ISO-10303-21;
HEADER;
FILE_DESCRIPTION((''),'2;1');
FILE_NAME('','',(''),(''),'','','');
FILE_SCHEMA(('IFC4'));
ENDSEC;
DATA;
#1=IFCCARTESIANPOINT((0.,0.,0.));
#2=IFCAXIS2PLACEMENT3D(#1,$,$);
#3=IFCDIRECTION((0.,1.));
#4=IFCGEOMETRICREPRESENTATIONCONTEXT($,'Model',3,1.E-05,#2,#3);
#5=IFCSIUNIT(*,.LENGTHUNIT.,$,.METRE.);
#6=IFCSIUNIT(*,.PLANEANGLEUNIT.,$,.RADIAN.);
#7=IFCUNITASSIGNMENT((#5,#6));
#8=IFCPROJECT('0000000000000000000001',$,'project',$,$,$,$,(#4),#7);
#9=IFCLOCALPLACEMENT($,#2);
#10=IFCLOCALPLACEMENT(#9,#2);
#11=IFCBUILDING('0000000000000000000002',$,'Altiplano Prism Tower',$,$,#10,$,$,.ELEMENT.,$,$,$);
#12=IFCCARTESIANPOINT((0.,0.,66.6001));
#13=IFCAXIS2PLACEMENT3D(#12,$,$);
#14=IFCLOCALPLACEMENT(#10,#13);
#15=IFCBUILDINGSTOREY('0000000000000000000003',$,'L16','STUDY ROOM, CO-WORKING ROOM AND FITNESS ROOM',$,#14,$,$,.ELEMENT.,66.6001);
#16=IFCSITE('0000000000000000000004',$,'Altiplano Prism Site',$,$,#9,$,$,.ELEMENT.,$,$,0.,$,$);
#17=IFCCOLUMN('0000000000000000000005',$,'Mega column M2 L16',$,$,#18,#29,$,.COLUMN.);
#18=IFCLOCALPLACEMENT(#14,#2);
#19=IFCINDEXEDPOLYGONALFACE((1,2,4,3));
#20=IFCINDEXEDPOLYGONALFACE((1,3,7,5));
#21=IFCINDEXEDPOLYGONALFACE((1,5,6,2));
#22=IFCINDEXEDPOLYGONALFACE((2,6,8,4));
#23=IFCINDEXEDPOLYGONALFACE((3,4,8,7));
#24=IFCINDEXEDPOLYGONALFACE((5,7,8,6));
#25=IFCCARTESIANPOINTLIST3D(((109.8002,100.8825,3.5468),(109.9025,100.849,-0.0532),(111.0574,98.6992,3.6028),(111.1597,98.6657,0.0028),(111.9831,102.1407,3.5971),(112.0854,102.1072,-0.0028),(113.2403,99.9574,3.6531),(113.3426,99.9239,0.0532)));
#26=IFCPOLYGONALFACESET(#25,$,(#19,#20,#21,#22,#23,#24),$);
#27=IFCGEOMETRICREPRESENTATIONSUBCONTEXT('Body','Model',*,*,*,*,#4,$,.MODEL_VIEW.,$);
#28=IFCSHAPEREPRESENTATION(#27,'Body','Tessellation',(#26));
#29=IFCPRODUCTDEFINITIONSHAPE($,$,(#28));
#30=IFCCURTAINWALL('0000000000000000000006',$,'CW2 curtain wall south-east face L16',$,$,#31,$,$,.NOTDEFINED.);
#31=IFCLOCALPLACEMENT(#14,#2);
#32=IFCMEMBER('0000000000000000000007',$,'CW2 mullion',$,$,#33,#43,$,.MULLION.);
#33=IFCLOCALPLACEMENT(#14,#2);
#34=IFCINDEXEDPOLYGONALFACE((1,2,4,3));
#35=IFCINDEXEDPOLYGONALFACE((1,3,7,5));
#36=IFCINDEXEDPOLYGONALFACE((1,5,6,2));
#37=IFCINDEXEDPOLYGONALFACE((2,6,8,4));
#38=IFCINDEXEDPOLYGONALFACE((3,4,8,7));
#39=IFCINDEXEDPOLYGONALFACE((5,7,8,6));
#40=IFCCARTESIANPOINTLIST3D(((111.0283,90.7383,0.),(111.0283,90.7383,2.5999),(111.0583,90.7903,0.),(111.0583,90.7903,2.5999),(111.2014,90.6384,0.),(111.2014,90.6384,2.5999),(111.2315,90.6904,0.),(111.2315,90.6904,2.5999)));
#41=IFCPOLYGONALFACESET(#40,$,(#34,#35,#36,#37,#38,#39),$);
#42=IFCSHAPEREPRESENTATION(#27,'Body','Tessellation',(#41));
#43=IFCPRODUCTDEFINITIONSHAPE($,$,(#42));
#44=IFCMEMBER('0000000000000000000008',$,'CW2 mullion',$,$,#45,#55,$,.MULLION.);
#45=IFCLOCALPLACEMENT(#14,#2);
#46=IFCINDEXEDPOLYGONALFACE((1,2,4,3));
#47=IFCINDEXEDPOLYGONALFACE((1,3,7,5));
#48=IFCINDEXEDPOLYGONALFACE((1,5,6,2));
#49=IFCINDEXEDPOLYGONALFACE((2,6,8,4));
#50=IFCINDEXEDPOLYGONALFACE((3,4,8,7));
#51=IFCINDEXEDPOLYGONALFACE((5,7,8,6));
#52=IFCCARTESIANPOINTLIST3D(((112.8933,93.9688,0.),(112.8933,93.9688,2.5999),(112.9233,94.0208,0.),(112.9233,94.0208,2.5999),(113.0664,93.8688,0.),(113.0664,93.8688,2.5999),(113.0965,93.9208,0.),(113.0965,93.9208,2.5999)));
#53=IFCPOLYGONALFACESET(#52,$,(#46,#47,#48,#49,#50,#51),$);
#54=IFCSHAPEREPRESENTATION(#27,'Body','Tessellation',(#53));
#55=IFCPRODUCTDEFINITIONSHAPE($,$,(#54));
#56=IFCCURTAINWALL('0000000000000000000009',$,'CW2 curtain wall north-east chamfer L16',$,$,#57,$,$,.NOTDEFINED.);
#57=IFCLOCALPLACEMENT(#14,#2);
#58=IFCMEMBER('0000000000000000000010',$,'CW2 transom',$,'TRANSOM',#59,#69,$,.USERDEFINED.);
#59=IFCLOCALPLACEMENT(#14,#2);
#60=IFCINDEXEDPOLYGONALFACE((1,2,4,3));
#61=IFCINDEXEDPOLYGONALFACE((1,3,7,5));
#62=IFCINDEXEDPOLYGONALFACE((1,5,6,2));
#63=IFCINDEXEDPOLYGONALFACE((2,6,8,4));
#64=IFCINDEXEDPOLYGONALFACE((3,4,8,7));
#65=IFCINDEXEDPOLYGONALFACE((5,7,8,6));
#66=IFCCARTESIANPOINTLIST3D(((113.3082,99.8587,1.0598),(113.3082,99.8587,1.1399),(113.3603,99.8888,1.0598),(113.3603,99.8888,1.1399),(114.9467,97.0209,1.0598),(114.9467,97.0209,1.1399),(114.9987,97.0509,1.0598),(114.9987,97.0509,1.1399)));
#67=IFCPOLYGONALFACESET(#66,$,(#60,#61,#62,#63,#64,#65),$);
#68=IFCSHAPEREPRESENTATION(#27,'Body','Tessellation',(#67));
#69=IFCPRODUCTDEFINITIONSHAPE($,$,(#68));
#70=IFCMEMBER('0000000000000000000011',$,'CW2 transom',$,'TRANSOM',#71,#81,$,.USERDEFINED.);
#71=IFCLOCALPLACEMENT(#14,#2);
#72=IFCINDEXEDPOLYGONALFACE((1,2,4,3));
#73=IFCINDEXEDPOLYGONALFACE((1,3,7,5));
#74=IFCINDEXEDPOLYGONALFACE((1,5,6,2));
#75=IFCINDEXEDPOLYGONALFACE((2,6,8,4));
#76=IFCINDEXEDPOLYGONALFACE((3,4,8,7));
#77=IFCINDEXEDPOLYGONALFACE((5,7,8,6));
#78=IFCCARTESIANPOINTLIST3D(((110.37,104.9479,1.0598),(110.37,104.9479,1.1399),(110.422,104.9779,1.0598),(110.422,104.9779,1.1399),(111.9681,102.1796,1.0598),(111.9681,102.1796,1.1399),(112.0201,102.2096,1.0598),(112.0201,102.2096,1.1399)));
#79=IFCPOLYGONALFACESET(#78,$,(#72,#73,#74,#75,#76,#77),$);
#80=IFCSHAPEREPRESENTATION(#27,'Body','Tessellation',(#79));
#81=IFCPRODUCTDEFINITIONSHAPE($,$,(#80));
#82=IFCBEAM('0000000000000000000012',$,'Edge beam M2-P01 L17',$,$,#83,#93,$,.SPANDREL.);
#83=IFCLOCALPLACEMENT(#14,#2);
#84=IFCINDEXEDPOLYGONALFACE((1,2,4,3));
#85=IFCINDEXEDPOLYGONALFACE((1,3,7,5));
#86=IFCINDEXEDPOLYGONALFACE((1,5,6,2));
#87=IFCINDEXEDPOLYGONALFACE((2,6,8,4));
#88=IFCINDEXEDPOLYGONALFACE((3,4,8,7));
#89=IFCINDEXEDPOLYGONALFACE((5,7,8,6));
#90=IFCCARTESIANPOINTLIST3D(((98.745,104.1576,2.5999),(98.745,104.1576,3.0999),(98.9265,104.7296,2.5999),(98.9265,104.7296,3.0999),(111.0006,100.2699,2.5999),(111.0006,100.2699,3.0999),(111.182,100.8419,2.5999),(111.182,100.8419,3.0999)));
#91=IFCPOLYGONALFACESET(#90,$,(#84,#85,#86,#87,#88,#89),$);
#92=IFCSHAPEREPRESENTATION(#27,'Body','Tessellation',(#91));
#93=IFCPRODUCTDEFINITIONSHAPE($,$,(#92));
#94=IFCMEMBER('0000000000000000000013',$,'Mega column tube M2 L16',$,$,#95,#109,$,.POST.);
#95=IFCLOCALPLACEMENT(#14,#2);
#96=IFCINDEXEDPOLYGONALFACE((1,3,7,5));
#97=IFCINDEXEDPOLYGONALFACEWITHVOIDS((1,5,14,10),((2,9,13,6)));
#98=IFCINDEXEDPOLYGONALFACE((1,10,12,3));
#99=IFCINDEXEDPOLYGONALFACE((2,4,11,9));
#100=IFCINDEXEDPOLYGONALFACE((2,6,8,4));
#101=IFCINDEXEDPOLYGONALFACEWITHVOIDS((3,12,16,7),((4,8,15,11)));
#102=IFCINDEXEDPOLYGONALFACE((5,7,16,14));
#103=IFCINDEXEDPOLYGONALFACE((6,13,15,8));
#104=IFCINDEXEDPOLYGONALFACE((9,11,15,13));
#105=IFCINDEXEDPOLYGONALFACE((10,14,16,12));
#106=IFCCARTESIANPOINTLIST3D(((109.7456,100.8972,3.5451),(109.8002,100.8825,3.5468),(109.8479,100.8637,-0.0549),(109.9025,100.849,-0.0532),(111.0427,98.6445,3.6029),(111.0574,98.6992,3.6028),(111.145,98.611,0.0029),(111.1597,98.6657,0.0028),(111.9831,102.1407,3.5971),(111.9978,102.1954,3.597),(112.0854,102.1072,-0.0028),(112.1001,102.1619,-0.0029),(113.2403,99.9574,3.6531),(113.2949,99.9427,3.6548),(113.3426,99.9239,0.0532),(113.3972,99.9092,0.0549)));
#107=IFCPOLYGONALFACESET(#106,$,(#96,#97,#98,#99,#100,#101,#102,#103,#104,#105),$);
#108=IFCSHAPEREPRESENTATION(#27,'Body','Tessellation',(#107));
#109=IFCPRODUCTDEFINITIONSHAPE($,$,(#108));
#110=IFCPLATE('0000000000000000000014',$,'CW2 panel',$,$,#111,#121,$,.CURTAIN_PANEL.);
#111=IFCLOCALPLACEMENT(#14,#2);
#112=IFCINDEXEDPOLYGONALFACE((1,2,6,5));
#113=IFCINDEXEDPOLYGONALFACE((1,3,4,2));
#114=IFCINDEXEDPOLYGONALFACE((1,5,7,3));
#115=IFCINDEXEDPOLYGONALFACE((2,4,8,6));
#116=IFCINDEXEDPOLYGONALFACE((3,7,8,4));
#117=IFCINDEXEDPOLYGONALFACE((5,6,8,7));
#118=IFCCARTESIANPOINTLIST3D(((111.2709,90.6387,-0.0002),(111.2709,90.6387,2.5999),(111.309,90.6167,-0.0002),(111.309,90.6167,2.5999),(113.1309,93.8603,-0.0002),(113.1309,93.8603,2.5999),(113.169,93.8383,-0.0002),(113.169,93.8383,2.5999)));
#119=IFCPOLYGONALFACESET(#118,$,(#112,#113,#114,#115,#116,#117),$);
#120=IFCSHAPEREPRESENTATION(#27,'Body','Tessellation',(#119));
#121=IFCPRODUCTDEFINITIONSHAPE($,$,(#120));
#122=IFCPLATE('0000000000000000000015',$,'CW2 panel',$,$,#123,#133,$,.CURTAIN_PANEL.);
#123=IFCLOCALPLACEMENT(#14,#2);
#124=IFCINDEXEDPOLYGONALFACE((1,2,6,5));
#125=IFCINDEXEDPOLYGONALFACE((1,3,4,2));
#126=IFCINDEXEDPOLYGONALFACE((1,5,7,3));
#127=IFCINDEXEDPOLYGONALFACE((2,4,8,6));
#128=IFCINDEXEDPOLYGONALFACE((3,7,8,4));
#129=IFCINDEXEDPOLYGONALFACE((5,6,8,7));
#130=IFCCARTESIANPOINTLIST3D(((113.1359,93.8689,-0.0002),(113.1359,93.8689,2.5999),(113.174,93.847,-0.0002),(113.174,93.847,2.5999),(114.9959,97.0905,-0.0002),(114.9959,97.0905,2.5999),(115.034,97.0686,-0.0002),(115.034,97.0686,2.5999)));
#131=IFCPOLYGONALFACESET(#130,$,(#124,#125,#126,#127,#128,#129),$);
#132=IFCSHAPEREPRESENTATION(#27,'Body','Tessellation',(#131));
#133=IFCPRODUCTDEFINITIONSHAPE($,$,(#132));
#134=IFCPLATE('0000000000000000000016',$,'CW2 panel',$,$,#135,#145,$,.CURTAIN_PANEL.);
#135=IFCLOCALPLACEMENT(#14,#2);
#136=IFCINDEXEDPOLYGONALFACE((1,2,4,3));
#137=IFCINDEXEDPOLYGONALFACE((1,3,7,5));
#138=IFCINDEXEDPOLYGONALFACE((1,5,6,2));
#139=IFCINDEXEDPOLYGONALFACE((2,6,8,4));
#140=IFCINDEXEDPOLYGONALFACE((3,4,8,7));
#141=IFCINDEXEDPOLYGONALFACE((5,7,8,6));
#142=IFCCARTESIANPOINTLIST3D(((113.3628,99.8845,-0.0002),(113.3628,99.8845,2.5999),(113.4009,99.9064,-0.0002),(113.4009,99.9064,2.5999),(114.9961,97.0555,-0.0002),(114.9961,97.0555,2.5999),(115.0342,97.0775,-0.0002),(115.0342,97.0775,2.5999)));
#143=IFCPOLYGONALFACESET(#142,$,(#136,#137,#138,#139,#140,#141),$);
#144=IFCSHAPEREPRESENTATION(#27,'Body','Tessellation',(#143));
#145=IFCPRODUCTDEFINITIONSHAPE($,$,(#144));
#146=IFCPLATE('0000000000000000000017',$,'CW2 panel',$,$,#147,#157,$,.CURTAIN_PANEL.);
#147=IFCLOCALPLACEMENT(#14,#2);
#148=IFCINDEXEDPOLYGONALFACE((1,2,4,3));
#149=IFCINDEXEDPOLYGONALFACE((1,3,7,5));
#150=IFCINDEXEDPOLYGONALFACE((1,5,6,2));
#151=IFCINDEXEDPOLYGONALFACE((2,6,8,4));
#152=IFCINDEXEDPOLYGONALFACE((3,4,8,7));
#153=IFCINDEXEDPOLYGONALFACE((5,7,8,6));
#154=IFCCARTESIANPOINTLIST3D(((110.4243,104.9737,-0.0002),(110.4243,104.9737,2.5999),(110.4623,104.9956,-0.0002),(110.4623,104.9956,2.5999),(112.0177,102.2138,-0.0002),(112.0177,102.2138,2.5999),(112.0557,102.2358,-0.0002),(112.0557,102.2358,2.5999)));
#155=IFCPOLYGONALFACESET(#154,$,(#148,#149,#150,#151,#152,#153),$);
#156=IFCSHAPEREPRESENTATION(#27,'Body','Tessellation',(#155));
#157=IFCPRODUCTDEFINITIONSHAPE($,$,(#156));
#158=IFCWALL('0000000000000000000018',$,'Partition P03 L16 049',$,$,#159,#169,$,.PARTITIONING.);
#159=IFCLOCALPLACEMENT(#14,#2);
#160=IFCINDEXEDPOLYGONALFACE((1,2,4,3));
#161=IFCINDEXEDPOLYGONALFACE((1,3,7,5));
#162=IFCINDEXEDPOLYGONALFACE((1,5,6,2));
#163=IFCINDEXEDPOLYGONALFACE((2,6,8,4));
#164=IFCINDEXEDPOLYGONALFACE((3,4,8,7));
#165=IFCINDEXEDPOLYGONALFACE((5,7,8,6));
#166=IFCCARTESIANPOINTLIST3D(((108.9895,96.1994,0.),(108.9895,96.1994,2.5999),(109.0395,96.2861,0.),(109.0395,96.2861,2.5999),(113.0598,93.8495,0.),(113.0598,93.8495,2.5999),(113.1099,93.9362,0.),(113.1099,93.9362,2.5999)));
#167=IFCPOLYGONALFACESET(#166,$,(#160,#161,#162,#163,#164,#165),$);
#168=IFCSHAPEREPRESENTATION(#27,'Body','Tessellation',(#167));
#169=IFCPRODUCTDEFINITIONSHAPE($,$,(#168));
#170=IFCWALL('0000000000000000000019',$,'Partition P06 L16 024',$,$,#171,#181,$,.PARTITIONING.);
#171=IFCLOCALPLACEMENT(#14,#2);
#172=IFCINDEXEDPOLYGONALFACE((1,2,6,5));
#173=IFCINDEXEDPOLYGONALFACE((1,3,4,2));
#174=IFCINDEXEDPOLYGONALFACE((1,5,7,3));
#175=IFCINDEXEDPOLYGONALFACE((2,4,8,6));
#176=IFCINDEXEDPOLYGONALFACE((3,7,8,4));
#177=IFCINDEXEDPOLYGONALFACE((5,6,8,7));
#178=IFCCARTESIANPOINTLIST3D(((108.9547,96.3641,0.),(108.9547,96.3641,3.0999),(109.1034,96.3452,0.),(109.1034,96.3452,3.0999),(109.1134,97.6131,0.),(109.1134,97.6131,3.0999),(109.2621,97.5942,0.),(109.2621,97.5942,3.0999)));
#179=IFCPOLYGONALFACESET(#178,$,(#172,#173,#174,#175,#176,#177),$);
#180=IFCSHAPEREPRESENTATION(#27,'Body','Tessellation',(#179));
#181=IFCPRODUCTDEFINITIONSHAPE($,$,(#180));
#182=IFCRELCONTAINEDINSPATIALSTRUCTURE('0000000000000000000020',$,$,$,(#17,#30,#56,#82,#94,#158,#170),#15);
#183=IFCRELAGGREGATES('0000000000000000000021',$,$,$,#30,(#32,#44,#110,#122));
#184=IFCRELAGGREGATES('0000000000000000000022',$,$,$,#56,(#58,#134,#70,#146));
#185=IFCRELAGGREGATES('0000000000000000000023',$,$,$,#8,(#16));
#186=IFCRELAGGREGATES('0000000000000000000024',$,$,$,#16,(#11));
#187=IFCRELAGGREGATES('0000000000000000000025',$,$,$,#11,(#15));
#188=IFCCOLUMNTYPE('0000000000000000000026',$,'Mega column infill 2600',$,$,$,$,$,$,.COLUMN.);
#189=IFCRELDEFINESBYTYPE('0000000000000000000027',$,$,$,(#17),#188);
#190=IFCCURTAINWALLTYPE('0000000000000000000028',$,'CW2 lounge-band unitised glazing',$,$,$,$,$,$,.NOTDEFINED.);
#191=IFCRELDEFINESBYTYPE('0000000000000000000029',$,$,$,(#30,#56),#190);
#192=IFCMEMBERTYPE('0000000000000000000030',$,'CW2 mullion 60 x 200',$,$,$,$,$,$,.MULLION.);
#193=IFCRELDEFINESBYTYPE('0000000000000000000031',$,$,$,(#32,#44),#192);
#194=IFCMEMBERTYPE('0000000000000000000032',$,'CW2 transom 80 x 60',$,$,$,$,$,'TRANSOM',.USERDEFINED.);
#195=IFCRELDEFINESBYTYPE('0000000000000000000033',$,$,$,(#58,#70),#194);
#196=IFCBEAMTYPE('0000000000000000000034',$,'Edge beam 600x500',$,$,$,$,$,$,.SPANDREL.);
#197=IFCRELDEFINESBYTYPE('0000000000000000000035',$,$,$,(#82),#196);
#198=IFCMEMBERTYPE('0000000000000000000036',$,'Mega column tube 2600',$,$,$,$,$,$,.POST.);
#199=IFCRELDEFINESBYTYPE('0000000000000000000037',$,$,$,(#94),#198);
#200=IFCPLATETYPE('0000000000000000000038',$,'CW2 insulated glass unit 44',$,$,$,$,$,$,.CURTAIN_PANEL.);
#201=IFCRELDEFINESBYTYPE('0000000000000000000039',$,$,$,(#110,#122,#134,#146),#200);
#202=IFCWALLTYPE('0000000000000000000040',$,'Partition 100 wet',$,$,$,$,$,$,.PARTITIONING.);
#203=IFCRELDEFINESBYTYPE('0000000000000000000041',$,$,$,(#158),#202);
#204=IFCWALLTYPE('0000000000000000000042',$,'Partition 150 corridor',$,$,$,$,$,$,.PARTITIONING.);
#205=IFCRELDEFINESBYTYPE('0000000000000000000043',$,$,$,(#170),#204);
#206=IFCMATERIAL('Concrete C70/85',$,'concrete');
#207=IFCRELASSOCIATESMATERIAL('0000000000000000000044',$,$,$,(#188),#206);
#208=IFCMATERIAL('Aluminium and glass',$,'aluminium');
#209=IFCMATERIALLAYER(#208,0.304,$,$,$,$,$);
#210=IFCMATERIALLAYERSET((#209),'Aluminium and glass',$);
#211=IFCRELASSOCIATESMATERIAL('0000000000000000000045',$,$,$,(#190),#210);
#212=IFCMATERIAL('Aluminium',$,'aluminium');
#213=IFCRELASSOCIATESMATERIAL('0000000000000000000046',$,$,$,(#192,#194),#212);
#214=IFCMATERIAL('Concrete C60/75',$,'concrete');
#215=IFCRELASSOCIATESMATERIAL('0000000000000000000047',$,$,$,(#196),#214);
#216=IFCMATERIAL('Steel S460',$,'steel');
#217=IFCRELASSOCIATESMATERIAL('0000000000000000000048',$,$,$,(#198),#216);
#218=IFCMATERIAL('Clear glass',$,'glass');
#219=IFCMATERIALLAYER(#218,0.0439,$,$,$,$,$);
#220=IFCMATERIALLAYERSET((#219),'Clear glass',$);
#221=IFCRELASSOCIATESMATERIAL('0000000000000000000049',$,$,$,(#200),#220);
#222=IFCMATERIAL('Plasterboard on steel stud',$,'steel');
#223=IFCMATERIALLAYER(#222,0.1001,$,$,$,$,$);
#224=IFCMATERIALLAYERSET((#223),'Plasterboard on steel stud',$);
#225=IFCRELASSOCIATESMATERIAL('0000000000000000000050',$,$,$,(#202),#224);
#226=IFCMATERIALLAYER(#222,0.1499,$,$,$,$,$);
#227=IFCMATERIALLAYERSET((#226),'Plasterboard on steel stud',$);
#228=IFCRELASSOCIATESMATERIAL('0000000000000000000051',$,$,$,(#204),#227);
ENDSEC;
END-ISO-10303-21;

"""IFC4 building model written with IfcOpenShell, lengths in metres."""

from ifc_helpers import new_model, si_unit, direction, frame, frame_2d, origin, origin_2d, place, context, subcontext, project, spatial, rectangle, hollow_rectangle, extrude, material, layer, layer_set, material_profile, profile_set, type_object, element, aggregate, save


model = new_model("IFC4")

# Units and contexts
model_context = context("Model", 3, precision=1e-05, world=origin(), true_north=direction((0.0, 1.0)))
body_context = subcontext(model_context, "Body", "Model", "MODEL_VIEW")
ifc_project = project(units=[si_unit("LENGTHUNIT", "METRE"), si_unit("PLANEANGLEUNIT", "RADIAN")], contexts=[model_context])

# Site, building, storey
site_placement = place(None, origin())
site = spatial("IfcSite", under=ifc_project, at=site_placement, Name="Altiplano Prism Site", CompositionType="ELEMENT", RefElevation=0.0)
building_placement = place(site_placement, origin())
building = spatial("IfcBuilding", under=site, at=building_placement, Name="Altiplano Prism Tower", CompositionType="ELEMENT")
storey_placement = place(building_placement, frame((0.0, 0.0, 66.6001)))
storey = spatial("IfcBuildingStorey", under=building, at=storey_placement, Name="L16", Description="STUDY ROOM, CO-WORKING ROOM AND FITNESS ROOM", CompositionType="ELEMENT", Elevation=66.6001)

# Column
ifc_material_1 = material(Name="Concrete C70/85", Category="concrete")
ifc_material_profile_1 = material_profile(ifc_material_1, rectangle(XDim=2.52, YDim=2.52, at=origin_2d()), Name="Mega column infill 2600")
ifc_profile_set_1 = profile_set([ifc_material_profile_1], Name="Concrete C70/85")
column_type = type_object("IfcColumnType", Name="Mega column infill 2600", PredefinedType="COLUMN", material=ifc_profile_set_1)
column_placement = place(storey_placement, frame((111.6226, 100.3865, 0.0), z_axis=(-0.028404, 0.009287, 0.999553), x_axis=(0.498884, -0.866384, 0.022226)))
element("IfcColumn", 1, at=column_placement, inside=storey, type_object=column_type, Name="Mega column M2 L16", PredefinedType="COLUMN", context=body_context, shape_type="SweptSolid", body=[
    extrude(rectangle(XDim=2.52, YDim=2.52, at=origin_2d()), origin(), (0.0, 0.0, 1.0), 3.6016),
])

# Curtain walls, members
ifc_material_2 = material(Name="Aluminium and glass", Category="aluminium")
ifc_layer_1 = layer(ifc_material_2, 0.304)
ifc_layer_set_1 = layer_set([ifc_layer_1], Name="Aluminium and glass")
curtain_wall_type = type_object("IfcCurtainWallType", Name="CW2 lounge-band unitised glazing", PredefinedType="NOTDEFINED", material=ifc_layer_set_1)
curtain_wall_1_placement = place(storey_placement, origin())
curtain_wall_1 = element("IfcCurtainWall", 2, at=curtain_wall_1_placement, inside=storey, type_object=curtain_wall_type, Name="CW2 curtain wall south-east face L16", PredefinedType="NOTDEFINED")
ifc_material_3 = material(Name="Aluminium", Category="aluminium")
ifc_material_profile_2 = material_profile(ifc_material_3, rectangle(XDim=0.2, YDim=0.0601, at=origin_2d()), Name="CW2 mullion 60 x 200")
ifc_profile_set_2 = profile_set([ifc_material_profile_2], Name="Aluminium")
member_type_1 = type_object("IfcMemberType", Name="CW2 mullion 60 x 200", PredefinedType="MULLION", material=ifc_profile_set_2)
member_1_placement = place(storey_placement, frame((111.1299, 90.7144, 0.0), z_axis=(0.0, 0.0, 1.0), x_axis=(-0.866025, 0.5, 0.0)))
member_1 = element("IfcMember", 3, at=member_1_placement, type_object=member_type_1, Name="CW2 mullion", PredefinedType="MULLION", context=body_context, shape_type="SweptSolid", body=[
    extrude(rectangle(XDim=0.2, YDim=0.0601, at=origin_2d()), origin(), (0.0, 0.0, 1.0), 2.5999),
])
member_2_placement = place(storey_placement, frame((112.9949, 93.9448, 0.0), z_axis=(0.0, 0.0, 1.0), x_axis=(-0.866025, 0.5, 0.0)))
member_2 = element("IfcMember", 4, at=member_2_placement, type_object=member_type_1, Name="CW2 mullion", PredefinedType="MULLION", context=body_context, shape_type="SweptSolid", body=[
    extrude(rectangle(XDim=0.2, YDim=0.0601, at=origin_2d()), origin(), (0.0, 0.0, 1.0), 2.5999),
])
curtain_wall_2_placement = place(storey_placement, origin())
curtain_wall_2 = element("IfcCurtainWall", 5, at=curtain_wall_2_placement, inside=storey, type_object=curtain_wall_type, Name="CW2 curtain wall north-east chamfer L16", PredefinedType="NOTDEFINED")
ifc_material_profile_3 = material_profile(ifc_material_3, rectangle(XDim=0.0601, YDim=0.0801, at=origin_2d()), Name="CW2 transom 80 x 60")
ifc_profile_set_3 = profile_set([ifc_material_profile_3], Name="Aluminium")
member_type_2 = type_object("IfcMemberType", Name="CW2 transom 80 x 60", ElementType="TRANSOM", PredefinedType="USERDEFINED", material=ifc_profile_set_3)
member_3_placement = place(storey_placement, frame((114.9727, 97.0359, 1.0999), z_axis=(-0.499993, 0.866029, 0.0), x_axis=(-0.866029, -0.499993, 0.0)))
member_3 = element("IfcMember", 6, at=member_3_placement, type_object=member_type_2, Name="CW2 transom", ObjectType="TRANSOM", PredefinedType="USERDEFINED", context=body_context, shape_type="SweptSolid", body=[
    extrude(rectangle(XDim=0.0601, YDim=0.0801, at=origin_2d()), origin(), (0.0, 0.0, 1.0), 3.2769),
])
member_4_placement = place(storey_placement, frame((111.9941, 102.1946, 1.0999), z_axis=(-0.499967, 0.866044, 0.0), x_axis=(-0.866044, -0.499967, 0.0)))
member_4 = element("IfcMember", 7, at=member_4_placement, type_object=member_type_2, Name="CW2 transom", ObjectType="TRANSOM", PredefinedType="USERDEFINED", context=body_context, shape_type="SweptSolid", body=[
    extrude(rectangle(XDim=0.0601, YDim=0.0801, at=origin_2d()), origin(), (0.0, 0.0, 1.0), 3.1965),
])

# Beam
ifc_material_4 = material(Name="Concrete C60/75", Category="concrete")
ifc_material_profile_4 = material_profile(ifc_material_4, rectangle(XDim=0.6001, YDim=0.5, at=origin_2d()), Name="Edge beam 600x500")
ifc_profile_set_4 = profile_set([ifc_material_profile_4], Name="Concrete C60/75")
beam_type = type_object("IfcBeamType", Name="Edge beam 600x500", PredefinedType="SPANDREL", material=ifc_profile_set_4)
beam_placement = place(storey_placement, frame((111.0913, 100.5559, 2.8499), z_axis=(-0.953191, 0.302369, 0.0), x_axis=(-0.302369, -0.953191, 0.0)))
element("IfcBeam", 8, at=beam_placement, inside=storey, type_object=beam_type, Name="Edge beam M2-P01 L17", PredefinedType="SPANDREL", context=body_context, shape_type="SweptSolid", body=[
    extrude(rectangle(XDim=0.6001, YDim=0.5, at=origin_2d()), origin(), (0.0, 0.0, 1.0), 12.8574),
])

# Member
ifc_material_5 = material(Name="Steel S460", Category="steel")
ifc_material_profile_5 = material_profile(ifc_material_5, hollow_rectangle(XDim=2.6001, YDim=2.6001, WallThickness=0.04, at=origin_2d()), Name="Mega column tube 2600")
ifc_profile_set_5 = profile_set([ifc_material_profile_5], Name="Steel S460")
member_type_3 = type_object("IfcMemberType", Name="Mega column tube 2600", PredefinedType="POST", material=ifc_profile_set_5)
member_5_placement = place(storey_placement, frame((111.6226, 100.3865, 0.0), z_axis=(-0.028404, 0.009287, 0.999553), x_axis=(0.498884, -0.866384, 0.022226)))
element("IfcMember", 9, at=member_5_placement, inside=storey, type_object=member_type_3, Name="Mega column tube M2 L16", PredefinedType="POST", context=body_context, shape_type="SweptSolid", body=[
    extrude(hollow_rectangle(XDim=2.6001, YDim=2.6001, WallThickness=0.04, at=origin_2d()), origin(), (0.0, 0.0, 1.0), 3.6016),
])

# Plates
ifc_material_6 = material(Name="Clear glass", Category="glass")
ifc_layer_2 = layer(ifc_material_6, 0.0439)
ifc_layer_set_2 = layer_set([ifc_layer_2], Name="Clear glass")
plate_type = type_object("IfcPlateType", Name="CW2 insulated glass unit 44", PredefinedType="CURTAIN_PANEL", material=ifc_layer_set_2)
plate_1_placement = place(storey_placement, frame((112.22, 92.2385, -0.0002), z_axis=(0.0, 0.0, 1.0), x_axis=(0.5, 0.866025, 0.0)))
plate_1 = element("IfcPlate", 10, at=plate_1_placement, type_object=plate_type, Name="CW2 panel", PredefinedType="CURTAIN_PANEL", context=body_context, shape_type="SweptSolid", body=[
    extrude(rectangle(XDim=3.72, YDim=0.0439, at=origin_2d()), origin(), (0.0, 0.0, 1.0), 2.6001),
])
plate_2_placement = place(storey_placement, frame((114.085, 95.4688, -0.0002), z_axis=(0.0, 0.0, 1.0), x_axis=(0.5, 0.866025, 0.0)))
plate_2 = element("IfcPlate", 11, at=plate_2_placement, type_object=plate_type, Name="CW2 panel", PredefinedType="CURTAIN_PANEL", context=body_context, shape_type="SweptSolid", body=[
    extrude(rectangle(XDim=3.72, YDim=0.0439, at=origin_2d()), origin(), (0.0, 0.0, 1.0), 2.6001),
])
aggregate(curtain_wall_1, [member_1, member_2, plate_1, plate_2])
plate_3_placement = place(storey_placement, frame((114.1985, 98.481, -0.0002), z_axis=(0.0, 0.0, 1.0), x_axis=(-0.5, 0.866025, 0.0)))
plate_3 = element("IfcPlate", 12, at=plate_3_placement, type_object=plate_type, Name="CW2 panel", PredefinedType="CURTAIN_PANEL", context=body_context, shape_type="SweptSolid", body=[
    extrude(rectangle(XDim=3.2666, YDim=0.0439, at=origin_2d()), origin(), (0.0, 0.0, 1.0), 2.6001),
])
plate_4_placement = place(storey_placement, frame((111.24, 103.6047, -0.0002), z_axis=(0.0, 0.0, 1.0), x_axis=(-0.5, 0.866025, 0.0)))
plate_4 = element("IfcPlate", 13, at=plate_4_placement, type_object=plate_type, Name="CW2 panel", PredefinedType="CURTAIN_PANEL", context=body_context, shape_type="SweptSolid", body=[
    extrude(rectangle(XDim=3.1868, YDim=0.0439, at=origin_2d()), origin(), (0.0, 0.0, 1.0), 2.6001),
])
aggregate(curtain_wall_2, [member_3, plate_3, member_4, plate_4])

# Walls
ifc_material_7 = material(Name="Plasterboard on steel stud", Category="steel")
ifc_layer_3 = layer(ifc_material_7, 0.1001)
ifc_layer_set_3 = layer_set([ifc_layer_3], Name="Plasterboard on steel stud")
wall_type_1 = type_object("IfcWallType", Name="Partition 100 wet", PredefinedType="PARTITIONING", material=ifc_layer_set_3)
wall_1_placement = place(storey_placement, frame((113.085, 93.8928, 0.0), z_axis=(0.0, 0.0, 1.0), x_axis=(-0.866039, 0.499977, 0.0)))
element("IfcWall", 14, at=wall_1_placement, inside=storey, type_object=wall_type_1, Name="Partition P03 L16 049", PredefinedType="PARTITIONING", context=body_context, shape_type="SweptSolid", body=[
    extrude(rectangle(XDim=4.7, YDim=0.1001, at=frame_2d((2.3501, 0.0))), origin(), (0.0, 0.0, 1.0), 2.5999),
])
ifc_layer_4 = layer(ifc_material_7, 0.1499)
ifc_layer_set_4 = layer_set([ifc_layer_4], Name="Plasterboard on steel stud")
wall_type_2 = type_object("IfcWallType", Name="Partition 150 corridor", PredefinedType="PARTITIONING", material=ifc_layer_set_4)
wall_2_placement = place(storey_placement, frame((109.0291, 96.3547, 0.0), z_axis=(0.0, 0.0, 1.0), x_axis=(0.126039, 0.992025, 0.0)))
element("IfcWall", 15, at=wall_2_placement, inside=storey, type_object=wall_type_2, Name="Partition P06 L16 024", PredefinedType="PARTITIONING", context=body_context, shape_type="SweptSolid", body=[
    extrude(rectangle(XDim=1.259, YDim=0.1499, at=frame_2d((0.6294, 0.0))), origin(), (0.0, 0.0, 1.0), 3.0999),
])

save(model, "model.ifc")
